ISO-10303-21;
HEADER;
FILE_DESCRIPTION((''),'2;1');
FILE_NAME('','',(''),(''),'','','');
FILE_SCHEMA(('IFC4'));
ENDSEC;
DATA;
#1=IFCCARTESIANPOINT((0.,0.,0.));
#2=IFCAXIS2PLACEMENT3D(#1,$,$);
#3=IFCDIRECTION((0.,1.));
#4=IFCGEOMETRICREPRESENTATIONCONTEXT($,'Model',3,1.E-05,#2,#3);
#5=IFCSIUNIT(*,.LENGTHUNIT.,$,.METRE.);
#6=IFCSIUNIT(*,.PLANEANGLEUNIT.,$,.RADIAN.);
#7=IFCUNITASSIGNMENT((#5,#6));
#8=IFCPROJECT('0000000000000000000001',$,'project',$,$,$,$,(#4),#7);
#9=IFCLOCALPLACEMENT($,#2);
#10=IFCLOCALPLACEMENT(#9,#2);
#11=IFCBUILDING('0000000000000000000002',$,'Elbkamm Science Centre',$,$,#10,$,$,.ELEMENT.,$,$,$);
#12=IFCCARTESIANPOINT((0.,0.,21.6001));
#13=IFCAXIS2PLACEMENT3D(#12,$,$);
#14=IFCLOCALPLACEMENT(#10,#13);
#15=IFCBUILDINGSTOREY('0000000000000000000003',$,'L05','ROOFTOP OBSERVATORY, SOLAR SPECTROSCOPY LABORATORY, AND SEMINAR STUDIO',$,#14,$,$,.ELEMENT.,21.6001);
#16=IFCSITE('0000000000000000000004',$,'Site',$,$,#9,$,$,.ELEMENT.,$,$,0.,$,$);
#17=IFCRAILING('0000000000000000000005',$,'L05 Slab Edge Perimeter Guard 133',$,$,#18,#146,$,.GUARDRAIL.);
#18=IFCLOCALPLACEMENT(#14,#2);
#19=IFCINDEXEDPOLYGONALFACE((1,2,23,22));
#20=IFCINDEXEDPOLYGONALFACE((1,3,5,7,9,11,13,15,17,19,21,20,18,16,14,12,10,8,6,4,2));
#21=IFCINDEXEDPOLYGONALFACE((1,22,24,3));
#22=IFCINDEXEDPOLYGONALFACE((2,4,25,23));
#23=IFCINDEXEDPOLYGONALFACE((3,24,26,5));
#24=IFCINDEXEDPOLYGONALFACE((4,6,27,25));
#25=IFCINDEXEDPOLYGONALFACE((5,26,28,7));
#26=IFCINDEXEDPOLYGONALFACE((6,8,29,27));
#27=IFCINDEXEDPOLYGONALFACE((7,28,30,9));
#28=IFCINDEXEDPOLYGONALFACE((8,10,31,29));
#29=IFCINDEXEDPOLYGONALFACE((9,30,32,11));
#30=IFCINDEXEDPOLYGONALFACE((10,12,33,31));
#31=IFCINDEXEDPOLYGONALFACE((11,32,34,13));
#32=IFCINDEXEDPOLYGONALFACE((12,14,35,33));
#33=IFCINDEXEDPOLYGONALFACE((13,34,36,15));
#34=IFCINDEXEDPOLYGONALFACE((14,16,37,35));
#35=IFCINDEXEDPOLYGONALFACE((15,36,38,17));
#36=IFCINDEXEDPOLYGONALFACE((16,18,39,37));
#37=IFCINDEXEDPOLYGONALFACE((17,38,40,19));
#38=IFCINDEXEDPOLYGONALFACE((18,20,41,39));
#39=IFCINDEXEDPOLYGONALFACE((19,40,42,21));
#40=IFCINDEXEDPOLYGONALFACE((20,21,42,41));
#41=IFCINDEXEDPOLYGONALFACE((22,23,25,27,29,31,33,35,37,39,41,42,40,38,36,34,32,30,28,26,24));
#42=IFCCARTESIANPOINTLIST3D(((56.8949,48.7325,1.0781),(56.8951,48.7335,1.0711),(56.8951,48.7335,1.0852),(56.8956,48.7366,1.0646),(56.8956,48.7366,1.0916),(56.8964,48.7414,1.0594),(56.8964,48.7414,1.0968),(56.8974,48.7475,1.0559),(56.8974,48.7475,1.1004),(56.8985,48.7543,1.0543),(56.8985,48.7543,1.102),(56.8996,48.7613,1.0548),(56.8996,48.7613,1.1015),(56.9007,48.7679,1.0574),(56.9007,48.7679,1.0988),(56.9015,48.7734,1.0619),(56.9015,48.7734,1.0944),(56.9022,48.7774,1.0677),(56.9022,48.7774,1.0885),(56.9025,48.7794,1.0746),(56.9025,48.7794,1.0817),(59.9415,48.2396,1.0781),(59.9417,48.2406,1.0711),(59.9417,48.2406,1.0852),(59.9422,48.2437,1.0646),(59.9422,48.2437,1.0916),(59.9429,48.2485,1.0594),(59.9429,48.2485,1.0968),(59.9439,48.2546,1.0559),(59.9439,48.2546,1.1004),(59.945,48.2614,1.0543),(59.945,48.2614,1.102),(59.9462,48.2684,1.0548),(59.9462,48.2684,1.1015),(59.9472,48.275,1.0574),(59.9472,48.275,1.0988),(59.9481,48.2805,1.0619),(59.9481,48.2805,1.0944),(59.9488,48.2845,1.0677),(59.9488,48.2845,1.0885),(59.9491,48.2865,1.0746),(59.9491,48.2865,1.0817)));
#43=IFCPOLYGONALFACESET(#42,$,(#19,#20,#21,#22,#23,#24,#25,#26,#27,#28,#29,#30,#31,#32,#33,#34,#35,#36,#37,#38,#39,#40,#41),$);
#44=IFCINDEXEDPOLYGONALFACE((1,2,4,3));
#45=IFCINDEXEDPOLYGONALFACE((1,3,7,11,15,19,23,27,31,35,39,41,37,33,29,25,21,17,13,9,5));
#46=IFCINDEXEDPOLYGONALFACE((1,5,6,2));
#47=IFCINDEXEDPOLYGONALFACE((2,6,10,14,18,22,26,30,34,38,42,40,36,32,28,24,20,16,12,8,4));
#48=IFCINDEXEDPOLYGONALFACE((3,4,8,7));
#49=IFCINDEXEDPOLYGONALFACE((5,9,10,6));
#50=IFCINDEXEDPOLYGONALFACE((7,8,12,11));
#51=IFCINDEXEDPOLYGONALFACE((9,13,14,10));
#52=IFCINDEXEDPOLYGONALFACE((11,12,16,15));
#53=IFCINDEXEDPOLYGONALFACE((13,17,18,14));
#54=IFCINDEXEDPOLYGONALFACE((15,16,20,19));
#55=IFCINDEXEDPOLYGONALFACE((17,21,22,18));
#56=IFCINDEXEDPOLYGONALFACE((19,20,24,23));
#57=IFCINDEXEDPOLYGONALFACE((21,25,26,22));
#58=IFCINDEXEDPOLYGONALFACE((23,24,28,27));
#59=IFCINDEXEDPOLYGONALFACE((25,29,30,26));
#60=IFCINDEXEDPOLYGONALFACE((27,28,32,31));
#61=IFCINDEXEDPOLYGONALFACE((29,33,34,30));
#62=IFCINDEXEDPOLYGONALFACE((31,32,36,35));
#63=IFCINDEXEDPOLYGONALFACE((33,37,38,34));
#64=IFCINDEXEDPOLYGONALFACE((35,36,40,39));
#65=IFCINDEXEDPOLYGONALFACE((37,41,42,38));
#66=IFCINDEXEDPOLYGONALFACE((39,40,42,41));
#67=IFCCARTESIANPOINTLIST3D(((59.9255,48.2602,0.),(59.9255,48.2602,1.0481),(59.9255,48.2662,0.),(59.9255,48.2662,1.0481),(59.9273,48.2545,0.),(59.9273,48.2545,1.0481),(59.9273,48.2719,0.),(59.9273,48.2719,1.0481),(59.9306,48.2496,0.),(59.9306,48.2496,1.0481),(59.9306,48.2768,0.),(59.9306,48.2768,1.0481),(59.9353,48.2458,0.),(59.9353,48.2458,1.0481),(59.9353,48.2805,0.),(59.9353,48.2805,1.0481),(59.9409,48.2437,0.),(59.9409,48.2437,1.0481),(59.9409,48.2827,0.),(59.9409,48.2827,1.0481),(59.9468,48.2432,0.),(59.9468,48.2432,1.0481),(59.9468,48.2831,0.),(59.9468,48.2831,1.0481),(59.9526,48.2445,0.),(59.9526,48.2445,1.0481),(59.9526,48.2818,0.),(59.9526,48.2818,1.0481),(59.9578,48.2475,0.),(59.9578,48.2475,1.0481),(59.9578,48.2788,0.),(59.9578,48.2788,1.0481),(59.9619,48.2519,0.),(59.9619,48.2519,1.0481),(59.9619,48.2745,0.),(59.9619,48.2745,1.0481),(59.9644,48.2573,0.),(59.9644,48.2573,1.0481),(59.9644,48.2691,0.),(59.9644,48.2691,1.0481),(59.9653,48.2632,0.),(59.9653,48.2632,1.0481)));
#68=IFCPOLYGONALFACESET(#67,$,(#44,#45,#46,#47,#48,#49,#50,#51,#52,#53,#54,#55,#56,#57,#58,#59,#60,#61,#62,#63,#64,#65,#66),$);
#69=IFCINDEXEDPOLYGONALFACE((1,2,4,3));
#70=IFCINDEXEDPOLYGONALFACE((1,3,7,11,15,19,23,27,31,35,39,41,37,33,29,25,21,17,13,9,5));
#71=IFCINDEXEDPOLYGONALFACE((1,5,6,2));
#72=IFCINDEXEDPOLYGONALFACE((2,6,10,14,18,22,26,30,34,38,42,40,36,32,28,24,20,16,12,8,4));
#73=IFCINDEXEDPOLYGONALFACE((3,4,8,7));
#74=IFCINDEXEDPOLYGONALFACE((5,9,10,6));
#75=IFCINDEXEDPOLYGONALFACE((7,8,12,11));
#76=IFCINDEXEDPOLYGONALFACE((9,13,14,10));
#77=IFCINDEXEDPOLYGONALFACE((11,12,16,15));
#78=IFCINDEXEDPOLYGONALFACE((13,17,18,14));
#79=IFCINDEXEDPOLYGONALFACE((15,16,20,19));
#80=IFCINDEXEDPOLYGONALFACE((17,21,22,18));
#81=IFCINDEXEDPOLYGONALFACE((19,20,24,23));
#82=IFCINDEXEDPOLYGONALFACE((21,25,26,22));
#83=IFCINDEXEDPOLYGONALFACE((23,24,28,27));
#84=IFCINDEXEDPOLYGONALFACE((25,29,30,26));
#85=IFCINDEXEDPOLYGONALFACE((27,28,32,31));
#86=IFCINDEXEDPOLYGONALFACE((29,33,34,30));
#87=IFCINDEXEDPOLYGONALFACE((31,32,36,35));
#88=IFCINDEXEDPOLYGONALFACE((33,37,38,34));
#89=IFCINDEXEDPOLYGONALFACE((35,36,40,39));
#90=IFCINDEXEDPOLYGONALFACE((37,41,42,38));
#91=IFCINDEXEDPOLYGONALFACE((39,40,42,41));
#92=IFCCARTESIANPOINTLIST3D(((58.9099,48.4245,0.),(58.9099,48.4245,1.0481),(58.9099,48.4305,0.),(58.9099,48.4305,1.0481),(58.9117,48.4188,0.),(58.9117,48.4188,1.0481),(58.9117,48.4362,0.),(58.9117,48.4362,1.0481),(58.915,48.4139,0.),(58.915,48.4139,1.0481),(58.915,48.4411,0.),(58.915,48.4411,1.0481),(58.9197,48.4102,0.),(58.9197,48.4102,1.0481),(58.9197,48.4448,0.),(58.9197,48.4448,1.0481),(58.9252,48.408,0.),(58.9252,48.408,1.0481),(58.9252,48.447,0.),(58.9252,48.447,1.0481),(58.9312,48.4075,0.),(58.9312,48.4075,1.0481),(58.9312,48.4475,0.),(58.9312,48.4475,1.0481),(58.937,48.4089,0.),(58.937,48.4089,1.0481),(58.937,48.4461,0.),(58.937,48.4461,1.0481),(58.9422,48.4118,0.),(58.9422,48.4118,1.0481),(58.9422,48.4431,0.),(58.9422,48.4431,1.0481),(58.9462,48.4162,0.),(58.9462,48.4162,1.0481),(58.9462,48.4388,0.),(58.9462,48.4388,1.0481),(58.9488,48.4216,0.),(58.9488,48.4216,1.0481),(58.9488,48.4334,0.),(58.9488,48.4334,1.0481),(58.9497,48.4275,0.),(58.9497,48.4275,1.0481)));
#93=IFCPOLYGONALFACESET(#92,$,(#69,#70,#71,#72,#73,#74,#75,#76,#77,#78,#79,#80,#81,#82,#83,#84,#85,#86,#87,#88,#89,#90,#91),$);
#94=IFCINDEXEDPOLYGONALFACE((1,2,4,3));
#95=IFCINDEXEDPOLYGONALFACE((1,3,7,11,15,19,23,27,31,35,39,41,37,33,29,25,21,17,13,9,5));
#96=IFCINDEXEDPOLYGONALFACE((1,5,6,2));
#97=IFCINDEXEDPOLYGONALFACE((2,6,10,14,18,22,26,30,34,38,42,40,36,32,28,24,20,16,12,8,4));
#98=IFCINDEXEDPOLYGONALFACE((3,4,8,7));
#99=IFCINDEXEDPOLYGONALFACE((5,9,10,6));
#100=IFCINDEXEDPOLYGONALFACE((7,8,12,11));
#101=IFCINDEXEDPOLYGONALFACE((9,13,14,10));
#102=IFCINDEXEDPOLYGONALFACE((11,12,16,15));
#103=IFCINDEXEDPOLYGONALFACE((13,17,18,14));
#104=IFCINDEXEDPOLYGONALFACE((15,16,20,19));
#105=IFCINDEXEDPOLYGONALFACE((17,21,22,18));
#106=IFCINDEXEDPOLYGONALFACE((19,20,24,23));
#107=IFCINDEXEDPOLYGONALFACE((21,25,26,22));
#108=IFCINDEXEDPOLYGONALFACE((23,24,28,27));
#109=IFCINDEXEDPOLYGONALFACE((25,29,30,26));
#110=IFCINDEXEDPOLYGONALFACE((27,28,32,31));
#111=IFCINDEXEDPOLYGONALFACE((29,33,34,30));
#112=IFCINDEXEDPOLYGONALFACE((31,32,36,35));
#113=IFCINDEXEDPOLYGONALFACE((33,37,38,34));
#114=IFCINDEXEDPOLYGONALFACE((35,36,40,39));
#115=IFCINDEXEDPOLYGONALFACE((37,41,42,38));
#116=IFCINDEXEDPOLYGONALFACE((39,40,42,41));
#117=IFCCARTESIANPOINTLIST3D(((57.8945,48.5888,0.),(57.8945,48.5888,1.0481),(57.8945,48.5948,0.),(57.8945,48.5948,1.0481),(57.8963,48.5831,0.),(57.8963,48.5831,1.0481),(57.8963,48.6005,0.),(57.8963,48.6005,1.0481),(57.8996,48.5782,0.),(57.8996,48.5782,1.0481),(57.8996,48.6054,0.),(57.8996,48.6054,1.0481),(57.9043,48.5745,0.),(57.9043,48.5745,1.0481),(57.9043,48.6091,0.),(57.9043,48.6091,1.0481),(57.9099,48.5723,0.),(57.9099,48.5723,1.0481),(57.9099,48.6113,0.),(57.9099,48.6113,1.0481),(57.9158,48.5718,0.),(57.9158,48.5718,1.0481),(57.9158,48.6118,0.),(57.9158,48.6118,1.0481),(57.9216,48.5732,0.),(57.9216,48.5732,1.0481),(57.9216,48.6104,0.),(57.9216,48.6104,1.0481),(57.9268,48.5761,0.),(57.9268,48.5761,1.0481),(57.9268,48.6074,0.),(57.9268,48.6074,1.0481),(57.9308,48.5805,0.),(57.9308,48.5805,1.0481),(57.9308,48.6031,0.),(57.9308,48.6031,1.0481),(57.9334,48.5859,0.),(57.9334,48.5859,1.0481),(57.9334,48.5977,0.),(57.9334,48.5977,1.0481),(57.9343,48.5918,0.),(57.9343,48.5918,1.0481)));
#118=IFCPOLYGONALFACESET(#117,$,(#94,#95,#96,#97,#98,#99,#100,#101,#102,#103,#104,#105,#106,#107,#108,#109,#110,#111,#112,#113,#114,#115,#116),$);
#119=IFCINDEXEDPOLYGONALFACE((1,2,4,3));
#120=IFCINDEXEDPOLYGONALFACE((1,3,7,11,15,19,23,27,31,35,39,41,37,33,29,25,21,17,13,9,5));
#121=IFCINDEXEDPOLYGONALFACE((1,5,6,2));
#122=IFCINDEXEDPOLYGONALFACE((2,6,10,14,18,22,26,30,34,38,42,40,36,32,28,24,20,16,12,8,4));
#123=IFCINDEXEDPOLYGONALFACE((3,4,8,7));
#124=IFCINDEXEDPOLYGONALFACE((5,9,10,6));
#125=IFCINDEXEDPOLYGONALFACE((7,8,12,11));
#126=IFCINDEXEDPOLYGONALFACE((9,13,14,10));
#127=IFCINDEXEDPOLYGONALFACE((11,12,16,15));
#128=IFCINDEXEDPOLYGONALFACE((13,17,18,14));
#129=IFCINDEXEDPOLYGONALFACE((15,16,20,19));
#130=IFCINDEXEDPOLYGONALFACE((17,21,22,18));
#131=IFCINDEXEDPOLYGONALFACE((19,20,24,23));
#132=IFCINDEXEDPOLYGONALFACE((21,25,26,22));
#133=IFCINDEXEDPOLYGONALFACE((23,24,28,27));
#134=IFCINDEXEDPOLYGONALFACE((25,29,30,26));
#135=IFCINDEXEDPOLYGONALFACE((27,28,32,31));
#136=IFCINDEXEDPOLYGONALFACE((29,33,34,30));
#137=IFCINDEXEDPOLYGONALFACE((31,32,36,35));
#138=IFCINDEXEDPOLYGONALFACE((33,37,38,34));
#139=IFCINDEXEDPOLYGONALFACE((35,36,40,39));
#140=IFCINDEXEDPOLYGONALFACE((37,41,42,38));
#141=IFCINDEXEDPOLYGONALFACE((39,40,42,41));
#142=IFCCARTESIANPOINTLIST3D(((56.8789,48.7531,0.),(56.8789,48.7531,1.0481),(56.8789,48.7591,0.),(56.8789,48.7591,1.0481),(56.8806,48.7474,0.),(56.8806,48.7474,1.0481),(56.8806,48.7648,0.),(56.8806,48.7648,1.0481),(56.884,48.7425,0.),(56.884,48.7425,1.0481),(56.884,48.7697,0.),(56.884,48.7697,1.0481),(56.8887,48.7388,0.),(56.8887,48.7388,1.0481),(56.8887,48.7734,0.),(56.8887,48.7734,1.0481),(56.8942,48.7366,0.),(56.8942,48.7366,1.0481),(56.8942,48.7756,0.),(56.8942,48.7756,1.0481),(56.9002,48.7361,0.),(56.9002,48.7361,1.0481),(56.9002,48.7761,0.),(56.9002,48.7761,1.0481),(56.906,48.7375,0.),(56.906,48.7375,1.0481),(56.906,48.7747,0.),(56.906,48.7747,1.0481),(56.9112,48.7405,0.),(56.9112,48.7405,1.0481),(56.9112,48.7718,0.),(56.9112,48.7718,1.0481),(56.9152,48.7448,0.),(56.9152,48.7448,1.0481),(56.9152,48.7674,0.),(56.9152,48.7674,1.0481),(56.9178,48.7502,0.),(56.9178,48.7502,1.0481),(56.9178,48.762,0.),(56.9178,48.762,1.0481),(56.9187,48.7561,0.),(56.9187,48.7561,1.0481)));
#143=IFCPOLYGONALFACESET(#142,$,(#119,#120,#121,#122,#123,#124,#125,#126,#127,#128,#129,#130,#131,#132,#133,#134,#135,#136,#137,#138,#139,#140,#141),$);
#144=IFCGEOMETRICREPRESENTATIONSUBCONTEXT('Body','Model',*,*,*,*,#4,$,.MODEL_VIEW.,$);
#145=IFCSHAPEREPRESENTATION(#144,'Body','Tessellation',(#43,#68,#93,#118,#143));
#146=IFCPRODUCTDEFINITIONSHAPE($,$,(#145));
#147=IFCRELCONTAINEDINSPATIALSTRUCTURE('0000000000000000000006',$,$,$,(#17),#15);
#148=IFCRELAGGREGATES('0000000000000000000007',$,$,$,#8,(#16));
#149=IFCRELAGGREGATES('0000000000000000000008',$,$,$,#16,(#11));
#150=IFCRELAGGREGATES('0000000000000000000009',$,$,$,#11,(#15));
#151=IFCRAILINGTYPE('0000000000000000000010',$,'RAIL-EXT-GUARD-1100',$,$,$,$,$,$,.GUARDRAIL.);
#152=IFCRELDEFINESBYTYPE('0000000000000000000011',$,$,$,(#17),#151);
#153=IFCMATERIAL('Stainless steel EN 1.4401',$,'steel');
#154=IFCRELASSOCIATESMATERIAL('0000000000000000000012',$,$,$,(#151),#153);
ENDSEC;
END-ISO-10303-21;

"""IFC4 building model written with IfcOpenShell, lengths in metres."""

from ifc_helpers import new_model, si_unit, direction, frame, origin, origin_2d, place, context, subcontext, project, spatial, circle, extrude, material, type_object, element, save


model = new_model("IFC4")

# Units and contexts
model_context = context("Model", 3, precision=1e-05, world=origin(), true_north=direction((0.0, 1.0)))
body_context = subcontext(model_context, "Body", "Model", "MODEL_VIEW")
ifc_project = project(units=[si_unit("LENGTHUNIT", "METRE"), si_unit("PLANEANGLEUNIT", "RADIAN")], contexts=[model_context])

# Site, building, storey
site_placement = place(None, origin())
site = spatial("IfcSite", under=ifc_project, at=site_placement, Name="Site", CompositionType="ELEMENT", RefElevation=0.0)
building_placement = place(site_placement, origin())
building = spatial("IfcBuilding", under=site, at=building_placement, Name="Elbkamm Science Centre", CompositionType="ELEMENT")
storey_placement = place(building_placement, frame((0.0, 0.0, 21.6001)))
storey = spatial("IfcBuildingStorey", under=building, at=storey_placement, Name="L05", Description="ROOFTOP OBSERVATORY, SOLAR SPECTROSCOPY LABORATORY, AND SEMINAR STUDIO", CompositionType="ELEMENT", Elevation=21.6001)

# Railing
ifc_material_1 = material(Name="Stainless steel EN 1.4401", Category="steel")
railing_type = type_object("IfcRailingType", Name="RAIL-EXT-GUARD-1100", PredefinedType="GUARDRAIL", material=ifc_material_1)
railing_1_placement = place(storey_placement, frame((59.9453, 48.2632, 0.0)))
element("IfcRailing", 1, at=railing_1_placement, inside=storey, type_object=railing_type, Name="L05 Slab Edge Perimeter Guard 133", PredefinedType="GUARDRAIL", context=body_context, shape_type="SweptSolid", body=[
    extrude(circle(Radius=0.0239, at=origin_2d()), frame((0.0, 0.0, 1.0781), z_axis=(-0.987163, 0.159715, 0.0), x_axis=(-0.159715, -0.987163, 0.0)), (0.0, 0.0, 1.0), 3.0862),
    extrude(circle(Radius=0.02, at=origin_2d()), origin(), (0.0, 0.0, 1.0), 1.0481),
    extrude(circle(Radius=0.02, at=origin_2d()), frame((-1.0156, 0.1643, 0.0)), (0.0, 0.0, 1.0), 1.0481),
    extrude(circle(Radius=0.02, at=origin_2d()), frame((-2.031, 0.3286, 0.0)), (0.0, 0.0, 1.0), 1.0481),
    extrude(circle(Radius=0.02, at=origin_2d()), frame((-3.0466, 0.4929, 0.0)), (0.0, 0.0, 1.0), 1.0481),
])

save(model, "model.ifc")
